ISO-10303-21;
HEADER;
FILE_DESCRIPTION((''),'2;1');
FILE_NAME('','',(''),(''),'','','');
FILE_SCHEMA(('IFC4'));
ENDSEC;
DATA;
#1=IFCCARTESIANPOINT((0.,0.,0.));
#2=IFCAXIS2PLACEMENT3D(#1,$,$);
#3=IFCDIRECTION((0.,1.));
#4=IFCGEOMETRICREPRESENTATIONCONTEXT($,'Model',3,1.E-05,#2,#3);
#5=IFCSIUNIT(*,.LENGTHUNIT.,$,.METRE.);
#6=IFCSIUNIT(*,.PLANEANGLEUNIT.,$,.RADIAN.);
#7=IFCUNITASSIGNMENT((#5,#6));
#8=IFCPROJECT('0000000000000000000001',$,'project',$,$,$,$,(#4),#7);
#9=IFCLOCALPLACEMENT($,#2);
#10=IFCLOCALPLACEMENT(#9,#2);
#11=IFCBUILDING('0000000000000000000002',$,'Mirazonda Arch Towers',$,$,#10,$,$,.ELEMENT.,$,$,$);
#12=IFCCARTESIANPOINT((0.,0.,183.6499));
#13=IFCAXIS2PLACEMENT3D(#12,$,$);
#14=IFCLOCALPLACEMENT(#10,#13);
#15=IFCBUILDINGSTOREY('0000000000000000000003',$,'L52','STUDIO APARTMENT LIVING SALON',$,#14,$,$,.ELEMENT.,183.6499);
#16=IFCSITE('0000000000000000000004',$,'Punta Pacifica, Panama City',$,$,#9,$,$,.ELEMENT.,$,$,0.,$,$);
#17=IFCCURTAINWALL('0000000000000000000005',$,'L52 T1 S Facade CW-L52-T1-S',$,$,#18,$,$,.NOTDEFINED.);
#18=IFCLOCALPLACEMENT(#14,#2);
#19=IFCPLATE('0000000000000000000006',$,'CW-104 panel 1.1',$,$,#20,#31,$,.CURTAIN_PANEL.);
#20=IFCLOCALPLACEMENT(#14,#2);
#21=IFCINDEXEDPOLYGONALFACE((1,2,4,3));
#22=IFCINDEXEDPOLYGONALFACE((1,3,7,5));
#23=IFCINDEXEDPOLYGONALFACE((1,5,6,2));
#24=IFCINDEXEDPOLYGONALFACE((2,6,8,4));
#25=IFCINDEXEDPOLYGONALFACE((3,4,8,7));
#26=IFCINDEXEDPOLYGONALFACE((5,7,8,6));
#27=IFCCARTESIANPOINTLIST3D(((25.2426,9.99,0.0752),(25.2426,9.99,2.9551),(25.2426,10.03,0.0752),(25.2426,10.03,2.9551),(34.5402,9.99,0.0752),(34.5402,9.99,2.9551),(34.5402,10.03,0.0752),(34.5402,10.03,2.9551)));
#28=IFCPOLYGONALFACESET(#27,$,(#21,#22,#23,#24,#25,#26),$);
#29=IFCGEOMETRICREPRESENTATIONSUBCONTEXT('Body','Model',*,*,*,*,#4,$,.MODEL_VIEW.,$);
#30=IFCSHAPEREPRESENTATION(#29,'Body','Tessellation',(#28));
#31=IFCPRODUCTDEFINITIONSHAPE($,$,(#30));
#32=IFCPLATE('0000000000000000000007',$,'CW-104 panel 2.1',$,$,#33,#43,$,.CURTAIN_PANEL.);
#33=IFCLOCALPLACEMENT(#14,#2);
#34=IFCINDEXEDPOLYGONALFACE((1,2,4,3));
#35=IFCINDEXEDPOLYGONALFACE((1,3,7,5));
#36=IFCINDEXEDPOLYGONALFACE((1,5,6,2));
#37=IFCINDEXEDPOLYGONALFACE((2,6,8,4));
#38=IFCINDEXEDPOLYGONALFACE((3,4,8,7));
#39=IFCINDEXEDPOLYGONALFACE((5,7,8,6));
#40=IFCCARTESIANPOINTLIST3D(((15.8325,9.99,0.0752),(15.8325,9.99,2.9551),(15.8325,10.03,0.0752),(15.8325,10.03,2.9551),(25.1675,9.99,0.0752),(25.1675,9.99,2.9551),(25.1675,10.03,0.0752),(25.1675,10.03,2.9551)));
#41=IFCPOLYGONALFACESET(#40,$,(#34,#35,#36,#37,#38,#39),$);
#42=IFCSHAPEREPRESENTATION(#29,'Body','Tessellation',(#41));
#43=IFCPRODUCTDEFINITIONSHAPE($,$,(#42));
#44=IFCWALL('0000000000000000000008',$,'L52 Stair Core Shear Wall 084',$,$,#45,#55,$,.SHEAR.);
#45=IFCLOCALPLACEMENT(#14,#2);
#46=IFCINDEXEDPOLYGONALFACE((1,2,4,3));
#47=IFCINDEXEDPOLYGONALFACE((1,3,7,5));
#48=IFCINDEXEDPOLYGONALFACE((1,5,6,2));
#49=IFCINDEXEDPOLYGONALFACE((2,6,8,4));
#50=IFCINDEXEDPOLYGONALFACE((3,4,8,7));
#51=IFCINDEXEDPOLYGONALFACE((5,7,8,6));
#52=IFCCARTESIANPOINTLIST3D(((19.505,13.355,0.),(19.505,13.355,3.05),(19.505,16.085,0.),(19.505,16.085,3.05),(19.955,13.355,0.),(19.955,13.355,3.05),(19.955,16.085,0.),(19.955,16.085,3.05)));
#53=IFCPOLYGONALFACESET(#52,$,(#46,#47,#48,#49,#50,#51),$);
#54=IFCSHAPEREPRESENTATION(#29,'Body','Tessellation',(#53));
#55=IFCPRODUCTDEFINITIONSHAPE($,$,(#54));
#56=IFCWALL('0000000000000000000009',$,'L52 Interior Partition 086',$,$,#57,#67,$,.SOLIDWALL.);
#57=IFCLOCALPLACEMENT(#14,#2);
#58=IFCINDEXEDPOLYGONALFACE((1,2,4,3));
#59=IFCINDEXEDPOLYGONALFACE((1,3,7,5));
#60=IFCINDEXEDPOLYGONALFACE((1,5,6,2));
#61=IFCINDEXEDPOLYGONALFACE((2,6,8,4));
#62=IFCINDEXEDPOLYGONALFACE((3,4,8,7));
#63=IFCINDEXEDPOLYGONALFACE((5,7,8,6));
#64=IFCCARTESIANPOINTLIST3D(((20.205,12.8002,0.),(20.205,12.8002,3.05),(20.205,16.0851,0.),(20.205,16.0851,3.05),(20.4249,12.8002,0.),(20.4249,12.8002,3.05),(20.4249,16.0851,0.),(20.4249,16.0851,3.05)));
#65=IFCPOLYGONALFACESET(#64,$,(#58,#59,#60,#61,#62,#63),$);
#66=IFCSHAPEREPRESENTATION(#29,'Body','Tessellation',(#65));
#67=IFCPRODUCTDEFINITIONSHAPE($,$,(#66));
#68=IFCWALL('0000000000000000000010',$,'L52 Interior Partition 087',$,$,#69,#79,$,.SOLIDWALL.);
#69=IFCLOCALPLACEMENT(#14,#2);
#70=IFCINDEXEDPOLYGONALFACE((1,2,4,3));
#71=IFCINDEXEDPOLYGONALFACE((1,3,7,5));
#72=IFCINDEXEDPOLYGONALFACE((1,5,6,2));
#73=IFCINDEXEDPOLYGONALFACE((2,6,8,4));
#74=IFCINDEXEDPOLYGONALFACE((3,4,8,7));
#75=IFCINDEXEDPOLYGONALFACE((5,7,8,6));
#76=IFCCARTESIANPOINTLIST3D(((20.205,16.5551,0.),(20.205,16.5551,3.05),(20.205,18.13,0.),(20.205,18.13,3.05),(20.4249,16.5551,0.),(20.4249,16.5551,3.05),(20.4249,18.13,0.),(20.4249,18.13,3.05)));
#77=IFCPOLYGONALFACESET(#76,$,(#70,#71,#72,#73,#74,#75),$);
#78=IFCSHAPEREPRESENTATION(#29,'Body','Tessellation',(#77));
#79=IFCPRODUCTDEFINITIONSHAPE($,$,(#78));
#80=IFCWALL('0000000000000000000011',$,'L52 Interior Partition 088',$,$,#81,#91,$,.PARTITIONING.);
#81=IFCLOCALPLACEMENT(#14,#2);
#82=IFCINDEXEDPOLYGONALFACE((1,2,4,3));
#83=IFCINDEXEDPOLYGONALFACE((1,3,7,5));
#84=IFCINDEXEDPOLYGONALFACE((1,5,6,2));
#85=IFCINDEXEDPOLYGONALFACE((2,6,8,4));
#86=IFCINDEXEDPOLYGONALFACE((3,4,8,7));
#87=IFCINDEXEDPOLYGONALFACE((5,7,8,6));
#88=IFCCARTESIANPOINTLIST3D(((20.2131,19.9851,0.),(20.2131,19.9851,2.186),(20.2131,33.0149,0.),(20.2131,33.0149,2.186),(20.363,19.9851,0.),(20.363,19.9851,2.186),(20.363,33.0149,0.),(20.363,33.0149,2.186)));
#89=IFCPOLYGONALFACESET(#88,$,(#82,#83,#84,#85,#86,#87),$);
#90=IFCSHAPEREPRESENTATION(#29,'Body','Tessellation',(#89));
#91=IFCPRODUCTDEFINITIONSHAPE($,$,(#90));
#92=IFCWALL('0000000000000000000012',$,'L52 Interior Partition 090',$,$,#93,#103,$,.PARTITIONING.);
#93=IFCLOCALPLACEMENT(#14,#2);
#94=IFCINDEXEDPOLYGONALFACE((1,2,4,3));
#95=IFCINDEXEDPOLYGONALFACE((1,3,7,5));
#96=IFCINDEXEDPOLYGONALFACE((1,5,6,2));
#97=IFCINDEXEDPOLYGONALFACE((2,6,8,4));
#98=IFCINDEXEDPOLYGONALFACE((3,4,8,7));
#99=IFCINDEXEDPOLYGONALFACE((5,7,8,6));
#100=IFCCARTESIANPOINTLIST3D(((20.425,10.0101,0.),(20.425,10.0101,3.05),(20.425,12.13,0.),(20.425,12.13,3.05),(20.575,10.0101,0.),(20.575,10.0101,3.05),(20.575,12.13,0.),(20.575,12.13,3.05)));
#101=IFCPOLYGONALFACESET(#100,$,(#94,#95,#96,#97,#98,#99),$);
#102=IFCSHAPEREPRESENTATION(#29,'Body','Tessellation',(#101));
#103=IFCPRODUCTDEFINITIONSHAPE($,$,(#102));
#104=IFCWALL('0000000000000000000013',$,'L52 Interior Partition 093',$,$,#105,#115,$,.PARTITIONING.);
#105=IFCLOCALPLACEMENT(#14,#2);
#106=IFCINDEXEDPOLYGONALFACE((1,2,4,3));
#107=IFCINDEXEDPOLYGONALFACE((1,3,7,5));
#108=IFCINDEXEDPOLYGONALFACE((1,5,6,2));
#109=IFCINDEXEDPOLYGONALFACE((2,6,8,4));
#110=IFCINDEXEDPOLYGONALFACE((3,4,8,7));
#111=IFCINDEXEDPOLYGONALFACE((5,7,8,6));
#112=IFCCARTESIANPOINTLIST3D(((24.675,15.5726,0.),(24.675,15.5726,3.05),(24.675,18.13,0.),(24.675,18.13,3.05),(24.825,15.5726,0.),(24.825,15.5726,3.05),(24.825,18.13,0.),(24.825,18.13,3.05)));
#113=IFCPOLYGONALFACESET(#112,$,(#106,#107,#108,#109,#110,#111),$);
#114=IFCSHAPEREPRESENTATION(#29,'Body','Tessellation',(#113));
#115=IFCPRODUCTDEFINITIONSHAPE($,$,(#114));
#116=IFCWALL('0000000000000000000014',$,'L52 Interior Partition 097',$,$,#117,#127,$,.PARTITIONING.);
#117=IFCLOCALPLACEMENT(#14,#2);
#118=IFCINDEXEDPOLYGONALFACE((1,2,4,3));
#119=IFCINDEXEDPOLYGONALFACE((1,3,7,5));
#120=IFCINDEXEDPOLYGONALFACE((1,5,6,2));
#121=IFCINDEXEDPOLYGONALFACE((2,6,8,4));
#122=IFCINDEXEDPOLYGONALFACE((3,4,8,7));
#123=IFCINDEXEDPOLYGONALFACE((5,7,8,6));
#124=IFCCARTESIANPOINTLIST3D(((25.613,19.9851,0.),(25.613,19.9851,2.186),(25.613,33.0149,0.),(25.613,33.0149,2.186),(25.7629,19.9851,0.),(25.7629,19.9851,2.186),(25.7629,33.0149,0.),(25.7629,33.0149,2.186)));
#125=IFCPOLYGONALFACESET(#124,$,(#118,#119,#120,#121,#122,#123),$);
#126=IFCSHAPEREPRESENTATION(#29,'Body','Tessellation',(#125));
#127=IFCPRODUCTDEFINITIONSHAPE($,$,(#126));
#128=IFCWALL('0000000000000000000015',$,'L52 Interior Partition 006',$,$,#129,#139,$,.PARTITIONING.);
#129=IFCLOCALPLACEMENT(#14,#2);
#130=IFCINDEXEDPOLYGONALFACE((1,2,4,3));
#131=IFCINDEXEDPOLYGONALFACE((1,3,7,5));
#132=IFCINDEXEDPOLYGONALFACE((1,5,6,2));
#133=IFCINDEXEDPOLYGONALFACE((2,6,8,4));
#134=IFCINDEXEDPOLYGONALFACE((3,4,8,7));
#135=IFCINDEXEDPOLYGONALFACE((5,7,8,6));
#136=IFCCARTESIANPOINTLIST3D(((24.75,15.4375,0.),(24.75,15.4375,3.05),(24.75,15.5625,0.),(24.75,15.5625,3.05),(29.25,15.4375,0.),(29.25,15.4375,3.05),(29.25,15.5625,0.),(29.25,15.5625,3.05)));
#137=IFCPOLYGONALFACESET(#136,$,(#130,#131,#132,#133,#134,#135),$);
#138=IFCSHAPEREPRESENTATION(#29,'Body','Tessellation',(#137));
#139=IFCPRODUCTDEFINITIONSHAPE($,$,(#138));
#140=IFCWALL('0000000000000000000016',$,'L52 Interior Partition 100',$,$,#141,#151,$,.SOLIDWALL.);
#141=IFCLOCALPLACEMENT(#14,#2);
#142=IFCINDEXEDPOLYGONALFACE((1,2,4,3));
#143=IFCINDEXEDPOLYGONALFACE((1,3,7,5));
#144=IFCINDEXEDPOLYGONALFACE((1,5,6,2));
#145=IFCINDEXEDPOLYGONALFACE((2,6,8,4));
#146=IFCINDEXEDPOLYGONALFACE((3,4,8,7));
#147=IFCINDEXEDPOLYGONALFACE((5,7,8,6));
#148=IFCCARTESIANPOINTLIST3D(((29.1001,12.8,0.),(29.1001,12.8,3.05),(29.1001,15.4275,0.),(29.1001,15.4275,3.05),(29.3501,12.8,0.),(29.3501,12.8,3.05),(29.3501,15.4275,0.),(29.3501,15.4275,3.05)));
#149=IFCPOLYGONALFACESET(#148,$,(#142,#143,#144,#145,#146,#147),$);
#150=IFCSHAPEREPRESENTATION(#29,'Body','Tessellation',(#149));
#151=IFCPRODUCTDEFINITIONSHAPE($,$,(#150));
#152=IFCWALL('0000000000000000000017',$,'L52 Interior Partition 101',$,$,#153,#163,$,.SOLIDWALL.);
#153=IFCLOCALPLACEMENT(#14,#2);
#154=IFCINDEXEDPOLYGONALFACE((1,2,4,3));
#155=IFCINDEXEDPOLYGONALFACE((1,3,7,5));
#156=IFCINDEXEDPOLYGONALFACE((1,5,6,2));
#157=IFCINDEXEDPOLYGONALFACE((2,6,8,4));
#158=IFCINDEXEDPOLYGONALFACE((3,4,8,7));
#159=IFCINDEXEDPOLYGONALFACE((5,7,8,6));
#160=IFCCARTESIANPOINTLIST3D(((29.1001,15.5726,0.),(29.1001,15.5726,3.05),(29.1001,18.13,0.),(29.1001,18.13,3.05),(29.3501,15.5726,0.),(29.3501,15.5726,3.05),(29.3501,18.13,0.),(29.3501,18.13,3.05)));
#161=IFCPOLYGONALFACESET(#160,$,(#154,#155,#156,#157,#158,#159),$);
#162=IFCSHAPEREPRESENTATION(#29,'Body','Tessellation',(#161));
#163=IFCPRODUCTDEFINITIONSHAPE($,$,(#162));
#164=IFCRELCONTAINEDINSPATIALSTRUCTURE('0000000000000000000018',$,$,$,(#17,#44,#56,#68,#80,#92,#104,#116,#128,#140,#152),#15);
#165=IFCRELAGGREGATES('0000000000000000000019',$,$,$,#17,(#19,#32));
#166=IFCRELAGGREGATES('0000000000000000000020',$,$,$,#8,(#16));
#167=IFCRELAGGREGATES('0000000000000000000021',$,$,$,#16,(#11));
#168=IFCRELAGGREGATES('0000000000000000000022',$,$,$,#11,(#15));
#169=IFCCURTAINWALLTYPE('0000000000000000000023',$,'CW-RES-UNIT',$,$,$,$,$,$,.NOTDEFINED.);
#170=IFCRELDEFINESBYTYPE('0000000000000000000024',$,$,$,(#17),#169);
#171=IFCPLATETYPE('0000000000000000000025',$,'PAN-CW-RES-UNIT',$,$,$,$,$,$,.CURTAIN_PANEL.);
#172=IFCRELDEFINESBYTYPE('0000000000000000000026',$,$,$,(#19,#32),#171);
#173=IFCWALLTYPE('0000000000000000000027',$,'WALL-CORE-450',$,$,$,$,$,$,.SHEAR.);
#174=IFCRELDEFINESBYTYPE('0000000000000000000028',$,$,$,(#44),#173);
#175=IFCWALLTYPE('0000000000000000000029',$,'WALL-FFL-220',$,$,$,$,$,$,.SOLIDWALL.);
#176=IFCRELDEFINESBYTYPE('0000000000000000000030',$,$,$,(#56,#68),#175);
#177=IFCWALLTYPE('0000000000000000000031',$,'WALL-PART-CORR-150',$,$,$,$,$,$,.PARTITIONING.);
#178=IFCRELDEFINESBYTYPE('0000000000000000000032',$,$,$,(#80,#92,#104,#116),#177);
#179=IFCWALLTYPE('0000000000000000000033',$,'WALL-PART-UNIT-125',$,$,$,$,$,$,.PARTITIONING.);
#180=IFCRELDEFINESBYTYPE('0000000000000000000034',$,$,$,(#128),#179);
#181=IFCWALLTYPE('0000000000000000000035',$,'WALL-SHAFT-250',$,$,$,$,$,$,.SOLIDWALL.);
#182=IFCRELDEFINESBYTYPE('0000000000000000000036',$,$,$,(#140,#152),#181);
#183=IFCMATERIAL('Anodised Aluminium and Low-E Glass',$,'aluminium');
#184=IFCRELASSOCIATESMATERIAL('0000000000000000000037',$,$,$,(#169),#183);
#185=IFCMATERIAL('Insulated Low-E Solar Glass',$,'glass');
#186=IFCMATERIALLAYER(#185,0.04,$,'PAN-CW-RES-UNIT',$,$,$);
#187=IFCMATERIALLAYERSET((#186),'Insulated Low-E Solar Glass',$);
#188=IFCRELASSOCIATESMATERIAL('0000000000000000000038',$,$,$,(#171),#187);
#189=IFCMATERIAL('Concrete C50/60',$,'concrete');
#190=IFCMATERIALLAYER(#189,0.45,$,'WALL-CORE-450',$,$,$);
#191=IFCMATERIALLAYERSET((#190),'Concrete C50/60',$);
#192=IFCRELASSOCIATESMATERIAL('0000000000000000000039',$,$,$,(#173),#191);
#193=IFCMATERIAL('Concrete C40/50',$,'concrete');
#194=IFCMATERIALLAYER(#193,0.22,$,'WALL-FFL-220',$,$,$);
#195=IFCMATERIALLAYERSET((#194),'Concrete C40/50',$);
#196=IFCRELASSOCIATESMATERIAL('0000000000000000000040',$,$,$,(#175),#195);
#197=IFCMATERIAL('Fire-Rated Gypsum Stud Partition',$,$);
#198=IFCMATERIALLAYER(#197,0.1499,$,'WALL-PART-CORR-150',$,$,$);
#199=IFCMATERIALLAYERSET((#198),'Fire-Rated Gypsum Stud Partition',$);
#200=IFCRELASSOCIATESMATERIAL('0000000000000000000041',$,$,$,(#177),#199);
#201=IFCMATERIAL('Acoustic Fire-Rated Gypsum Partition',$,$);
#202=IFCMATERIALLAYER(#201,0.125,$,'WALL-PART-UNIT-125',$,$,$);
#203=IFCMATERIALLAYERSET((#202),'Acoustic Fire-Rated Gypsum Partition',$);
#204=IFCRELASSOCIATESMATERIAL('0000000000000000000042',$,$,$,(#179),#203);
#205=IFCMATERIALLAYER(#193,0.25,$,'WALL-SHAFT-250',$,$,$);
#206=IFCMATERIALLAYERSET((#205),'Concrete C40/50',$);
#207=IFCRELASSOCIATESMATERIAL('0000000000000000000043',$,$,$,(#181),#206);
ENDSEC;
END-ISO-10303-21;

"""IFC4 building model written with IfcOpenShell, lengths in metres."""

from ifc_helpers import new_model, si_unit, direction, frame, frame_2d, origin, origin_2d, place, context, subcontext, project, spatial, rectangle, extrude, material, layer, layer_set, type_object, element, aggregate, save


model = new_model("IFC4")

# Units and contexts
model_context = context("Model", 3, precision=1e-05, world=origin(), true_north=direction((0.0, 1.0)))
body_context = subcontext(model_context, "Body", "Model", "MODEL_VIEW")
ifc_project = project(units=[si_unit("LENGTHUNIT", "METRE"), si_unit("PLANEANGLEUNIT", "RADIAN")], contexts=[model_context])

# Site, building, storey
site_placement = place(None, origin())
site = spatial("IfcSite", under=ifc_project, at=site_placement, Name="Punta Pacifica, Panama City", CompositionType="ELEMENT", RefElevation=0.0)
building_placement = place(site_placement, origin())
building = spatial("IfcBuilding", under=site, at=building_placement, Name="Mirazonda Arch Towers", CompositionType="ELEMENT")
storey_placement = place(building_placement, frame((0.0, 0.0, 183.6499)))
storey = spatial("IfcBuildingStorey", under=building, at=storey_placement, Name="L52", Description="STUDIO APARTMENT LIVING SALON", CompositionType="ELEMENT", Elevation=183.6499)

# Shared definitions
ifc_material_1 = material(Name="Concrete C50/60", Category="concrete")

# Curtain wall, plates
ifc_material_2 = material(Name="Anodised Aluminium and Low-E Glass", Category="aluminium")
curtain_wall_type = type_object("IfcCurtainWallType", Name="CW-RES-UNIT", PredefinedType="NOTDEFINED", material=ifc_material_2)
curtain_wall_placement = place(storey_placement, origin())
curtain_wall = element("IfcCurtainWall", 1, at=curtain_wall_placement, inside=storey, type_object=curtain_wall_type, Name="L52 T1 S Facade CW-L52-T1-S", PredefinedType="NOTDEFINED")
ifc_material_3 = material(Name="Insulated Low-E Solar Glass", Category="glass")
ifc_layer_1 = layer(ifc_material_3, 0.04, Name="PAN-CW-RES-UNIT")
ifc_layer_set_1 = layer_set([ifc_layer_1], Name="Insulated Low-E Solar Glass")
plate_type = type_object("IfcPlateType", Name="PAN-CW-RES-UNIT", PredefinedType="CURTAIN_PANEL", material=ifc_layer_set_1)
plate_1_placement = place(storey_placement, frame((29.8914, 10.01, 0.0752), z_axis=(0.0, 0.0, 1.0), x_axis=(-1.0, 0.0, 0.0)))
plate_1 = element("IfcPlate", 2, at=plate_1_placement, type_object=plate_type, Name="CW-104 panel 1.1", PredefinedType="CURTAIN_PANEL", context=body_context, shape_type="SweptSolid", body=[
    extrude(rectangle(XDim=9.2976, YDim=0.04, at=origin_2d()), origin(), (0.0, 0.0, 1.0), 2.8799),
])
plate_2_placement = place(storey_placement, frame((20.5, 10.01, 0.0752), z_axis=(0.0, 0.0, 1.0), x_axis=(-1.0, 0.0, 0.0)))
plate_2 = element("IfcPlate", 3, at=plate_2_placement, type_object=plate_type, Name="CW-104 panel 2.1", PredefinedType="CURTAIN_PANEL", context=body_context, shape_type="SweptSolid", body=[
    extrude(rectangle(XDim=9.335, YDim=0.04, at=origin_2d()), origin(), (0.0, 0.0, 1.0), 2.8799),
])
aggregate(curtain_wall, [plate_1, plate_2])

# Walls
ifc_layer_2 = layer(ifc_material_1, 0.45, Name="WALL-CORE-450")
ifc_layer_set_2 = layer_set([ifc_layer_2], Name="Concrete C50/60")
wall_type_1 = type_object("IfcWallType", Name="WALL-CORE-450", PredefinedType="SHEAR", material=ifc_layer_set_2)
wall_1_placement = place(storey_placement, frame((19.73, 13.355, 0.0), z_axis=(0.0, 0.0, 1.0), x_axis=(0.0, 1.0, 0.0)))
element("IfcWall", 4, at=wall_1_placement, inside=storey, type_object=wall_type_1, Name="L52 Stair Core Shear Wall 084", PredefinedType="SHEAR", context=body_context, shape_type="SweptSolid", body=[
    extrude(rectangle(XDim=2.73, YDim=0.45, at=frame_2d((1.365, 0.0))), origin(), (0.0, 0.0, 1.0), 3.05),
])
ifc_material_4 = material(Name="Concrete C40/50", Category="concrete")
ifc_layer_3 = layer(ifc_material_4, 0.22, Name="WALL-FFL-220")
ifc_layer_set_3 = layer_set([ifc_layer_3], Name="Concrete C40/50")
wall_type_2 = type_object("IfcWallType", Name="WALL-FFL-220", PredefinedType="SOLIDWALL", material=ifc_layer_set_3)
wall_2_placement = place(storey_placement, frame((20.3149, 12.8, 0.0), z_axis=(0.0, 0.0, 1.0), x_axis=(0.0, 1.0, 0.0)))
element("IfcWall", 5, at=wall_2_placement, inside=storey, type_object=wall_type_2, Name="L52 Interior Partition 086", PredefinedType="SOLIDWALL", context=body_context, shape_type="SweptSolid", body=[
    extrude(rectangle(XDim=3.2849, YDim=0.22, at=frame_2d((1.6426, 0.0))), origin(), (0.0, 0.0, 1.0), 3.05),
])
wall_3_placement = place(storey_placement, frame((20.3149, 16.5549, 0.0), z_axis=(0.0, 0.0, 1.0), x_axis=(0.0, 1.0, 0.0)))
element("IfcWall", 6, at=wall_3_placement, inside=storey, type_object=wall_type_2, Name="L52 Interior Partition 087", PredefinedType="SOLIDWALL", context=body_context, shape_type="SweptSolid", body=[
    extrude(rectangle(XDim=1.575, YDim=0.22, at=frame_2d((0.7876, 0.0))), origin(), (0.0, 0.0, 1.0), 3.05),
])
ifc_material_5 = material(Name="Fire-Rated Gypsum Stud Partition")
ifc_layer_4 = layer(ifc_material_5, 0.1499, Name="WALL-PART-CORR-150")
ifc_layer_set_4 = layer_set([ifc_layer_4], Name="Fire-Rated Gypsum Stud Partition")
wall_type_3 = type_object("IfcWallType", Name="WALL-PART-CORR-150", PredefinedType="PARTITIONING", material=ifc_layer_set_4)
wall_4_placement = place(storey_placement, frame((20.2881, 19.9851, 0.0), z_axis=(0.0, 0.0, 1.0), x_axis=(0.0, 1.0, 0.0)))
element("IfcWall", 7, at=wall_4_placement, inside=storey, type_object=wall_type_3, Name="L52 Interior Partition 088", PredefinedType="PARTITIONING", context=body_context, shape_type="SweptSolid", body=[
    extrude(rectangle(XDim=13.0298, YDim=0.1499, at=frame_2d((6.5149, 0.0))), origin(), (0.0, 0.0, 1.0), 2.186),
])
wall_5_placement = place(storey_placement, frame((20.5, 10.01, 0.0), z_axis=(0.0, 0.0, 1.0), x_axis=(0.0, 1.0, 0.0)))
element("IfcWall", 8, at=wall_5_placement, inside=storey, type_object=wall_type_3, Name="L52 Interior Partition 090", PredefinedType="PARTITIONING", context=body_context, shape_type="SweptSolid", body=[
    extrude(rectangle(XDim=2.1199, YDim=0.1499, at=frame_2d((1.0601, 0.0))), origin(), (0.0, 0.0, 1.0), 3.05),
])

# Walls
wall_6_placement = place(storey_placement, frame((24.75, 15.5725, 0.0), z_axis=(0.0, 0.0, 1.0), x_axis=(0.0, 1.0, 0.0)))
element("IfcWall", 9, at=wall_6_placement, inside=storey, type_object=wall_type_3, Name="L52 Interior Partition 093", PredefinedType="PARTITIONING", context=body_context, shape_type="SweptSolid", body=[
    extrude(rectangle(XDim=2.5574, YDim=0.1499, at=frame_2d((1.2788, 0.0))), origin(), (0.0, 0.0, 1.0), 3.05),
])
wall_7_placement = place(storey_placement, frame((25.688, 19.9851, 0.0), z_axis=(0.0, 0.0, 1.0), x_axis=(0.0, 1.0, 0.0)))
element("IfcWall", 10, at=wall_7_placement, inside=storey, type_object=wall_type_3, Name="L52 Interior Partition 097", PredefinedType="PARTITIONING", context=body_context, shape_type="SweptSolid", body=[
    extrude(rectangle(XDim=13.0298, YDim=0.1499, at=frame_2d((6.5149, 0.0))), origin(), (0.0, 0.0, 1.0), 2.186),
])
ifc_material_6 = material(Name="Acoustic Fire-Rated Gypsum Partition")
ifc_layer_5 = layer(ifc_material_6, 0.125, Name="WALL-PART-UNIT-125")
ifc_layer_set_5 = layer_set([ifc_layer_5], Name="Acoustic Fire-Rated Gypsum Partition")
wall_type_4 = type_object("IfcWallType", Name="WALL-PART-UNIT-125", PredefinedType="PARTITIONING", material=ifc_layer_set_5)
wall_8_placement = place(storey_placement, frame((24.75, 15.5, 0.0), z_axis=(0.0, 0.0, 1.0), x_axis=(1.0, 0.0, 0.0)))
element("IfcWall", 11, at=wall_8_placement, inside=storey, type_object=wall_type_4, Name="L52 Interior Partition 006", PredefinedType="PARTITIONING", context=body_context, shape_type="SweptSolid", body=[
    extrude(rectangle(XDim=4.5, YDim=0.125, at=frame_2d((2.25, 0.0))), origin(), (0.0, 0.0, 1.0), 3.05),
])
ifc_layer_6 = layer(ifc_material_4, 0.25, Name="WALL-SHAFT-250")
ifc_layer_set_6 = layer_set([ifc_layer_6], Name="Concrete C40/50")
wall_type_5 = type_object("IfcWallType", Name="WALL-SHAFT-250", PredefinedType="SOLIDWALL", material=ifc_layer_set_6)
wall_9_placement = place(storey_placement, frame((29.2251, 12.8, 0.0), z_axis=(0.0, 0.0, 1.0), x_axis=(0.0, 1.0, 0.0)))
element("IfcWall", 12, at=wall_9_placement, inside=storey, type_object=wall_type_5, Name="L52 Interior Partition 100", PredefinedType="SOLIDWALL", context=body_context, shape_type="SweptSolid", body=[
    extrude(rectangle(XDim=2.6274, YDim=0.25, at=frame_2d((1.3137, 0.0))), origin(), (0.0, 0.0, 1.0), 3.05),
])
wall_10_placement = place(storey_placement, frame((29.2251, 15.5725, 0.0), z_axis=(0.0, 0.0, 1.0), x_axis=(0.0, 1.0, 0.0)))
element("IfcWall", 13, at=wall_10_placement, inside=storey, type_object=wall_type_5, Name="L52 Interior Partition 101", PredefinedType="SOLIDWALL", context=body_context, shape_type="SweptSolid", body=[
    extrude(rectangle(XDim=2.5574, YDim=0.25, at=frame_2d((1.2788, 0.0))), origin(), (0.0, 0.0, 1.0), 3.05),
])

save(model, "model.ifc")
